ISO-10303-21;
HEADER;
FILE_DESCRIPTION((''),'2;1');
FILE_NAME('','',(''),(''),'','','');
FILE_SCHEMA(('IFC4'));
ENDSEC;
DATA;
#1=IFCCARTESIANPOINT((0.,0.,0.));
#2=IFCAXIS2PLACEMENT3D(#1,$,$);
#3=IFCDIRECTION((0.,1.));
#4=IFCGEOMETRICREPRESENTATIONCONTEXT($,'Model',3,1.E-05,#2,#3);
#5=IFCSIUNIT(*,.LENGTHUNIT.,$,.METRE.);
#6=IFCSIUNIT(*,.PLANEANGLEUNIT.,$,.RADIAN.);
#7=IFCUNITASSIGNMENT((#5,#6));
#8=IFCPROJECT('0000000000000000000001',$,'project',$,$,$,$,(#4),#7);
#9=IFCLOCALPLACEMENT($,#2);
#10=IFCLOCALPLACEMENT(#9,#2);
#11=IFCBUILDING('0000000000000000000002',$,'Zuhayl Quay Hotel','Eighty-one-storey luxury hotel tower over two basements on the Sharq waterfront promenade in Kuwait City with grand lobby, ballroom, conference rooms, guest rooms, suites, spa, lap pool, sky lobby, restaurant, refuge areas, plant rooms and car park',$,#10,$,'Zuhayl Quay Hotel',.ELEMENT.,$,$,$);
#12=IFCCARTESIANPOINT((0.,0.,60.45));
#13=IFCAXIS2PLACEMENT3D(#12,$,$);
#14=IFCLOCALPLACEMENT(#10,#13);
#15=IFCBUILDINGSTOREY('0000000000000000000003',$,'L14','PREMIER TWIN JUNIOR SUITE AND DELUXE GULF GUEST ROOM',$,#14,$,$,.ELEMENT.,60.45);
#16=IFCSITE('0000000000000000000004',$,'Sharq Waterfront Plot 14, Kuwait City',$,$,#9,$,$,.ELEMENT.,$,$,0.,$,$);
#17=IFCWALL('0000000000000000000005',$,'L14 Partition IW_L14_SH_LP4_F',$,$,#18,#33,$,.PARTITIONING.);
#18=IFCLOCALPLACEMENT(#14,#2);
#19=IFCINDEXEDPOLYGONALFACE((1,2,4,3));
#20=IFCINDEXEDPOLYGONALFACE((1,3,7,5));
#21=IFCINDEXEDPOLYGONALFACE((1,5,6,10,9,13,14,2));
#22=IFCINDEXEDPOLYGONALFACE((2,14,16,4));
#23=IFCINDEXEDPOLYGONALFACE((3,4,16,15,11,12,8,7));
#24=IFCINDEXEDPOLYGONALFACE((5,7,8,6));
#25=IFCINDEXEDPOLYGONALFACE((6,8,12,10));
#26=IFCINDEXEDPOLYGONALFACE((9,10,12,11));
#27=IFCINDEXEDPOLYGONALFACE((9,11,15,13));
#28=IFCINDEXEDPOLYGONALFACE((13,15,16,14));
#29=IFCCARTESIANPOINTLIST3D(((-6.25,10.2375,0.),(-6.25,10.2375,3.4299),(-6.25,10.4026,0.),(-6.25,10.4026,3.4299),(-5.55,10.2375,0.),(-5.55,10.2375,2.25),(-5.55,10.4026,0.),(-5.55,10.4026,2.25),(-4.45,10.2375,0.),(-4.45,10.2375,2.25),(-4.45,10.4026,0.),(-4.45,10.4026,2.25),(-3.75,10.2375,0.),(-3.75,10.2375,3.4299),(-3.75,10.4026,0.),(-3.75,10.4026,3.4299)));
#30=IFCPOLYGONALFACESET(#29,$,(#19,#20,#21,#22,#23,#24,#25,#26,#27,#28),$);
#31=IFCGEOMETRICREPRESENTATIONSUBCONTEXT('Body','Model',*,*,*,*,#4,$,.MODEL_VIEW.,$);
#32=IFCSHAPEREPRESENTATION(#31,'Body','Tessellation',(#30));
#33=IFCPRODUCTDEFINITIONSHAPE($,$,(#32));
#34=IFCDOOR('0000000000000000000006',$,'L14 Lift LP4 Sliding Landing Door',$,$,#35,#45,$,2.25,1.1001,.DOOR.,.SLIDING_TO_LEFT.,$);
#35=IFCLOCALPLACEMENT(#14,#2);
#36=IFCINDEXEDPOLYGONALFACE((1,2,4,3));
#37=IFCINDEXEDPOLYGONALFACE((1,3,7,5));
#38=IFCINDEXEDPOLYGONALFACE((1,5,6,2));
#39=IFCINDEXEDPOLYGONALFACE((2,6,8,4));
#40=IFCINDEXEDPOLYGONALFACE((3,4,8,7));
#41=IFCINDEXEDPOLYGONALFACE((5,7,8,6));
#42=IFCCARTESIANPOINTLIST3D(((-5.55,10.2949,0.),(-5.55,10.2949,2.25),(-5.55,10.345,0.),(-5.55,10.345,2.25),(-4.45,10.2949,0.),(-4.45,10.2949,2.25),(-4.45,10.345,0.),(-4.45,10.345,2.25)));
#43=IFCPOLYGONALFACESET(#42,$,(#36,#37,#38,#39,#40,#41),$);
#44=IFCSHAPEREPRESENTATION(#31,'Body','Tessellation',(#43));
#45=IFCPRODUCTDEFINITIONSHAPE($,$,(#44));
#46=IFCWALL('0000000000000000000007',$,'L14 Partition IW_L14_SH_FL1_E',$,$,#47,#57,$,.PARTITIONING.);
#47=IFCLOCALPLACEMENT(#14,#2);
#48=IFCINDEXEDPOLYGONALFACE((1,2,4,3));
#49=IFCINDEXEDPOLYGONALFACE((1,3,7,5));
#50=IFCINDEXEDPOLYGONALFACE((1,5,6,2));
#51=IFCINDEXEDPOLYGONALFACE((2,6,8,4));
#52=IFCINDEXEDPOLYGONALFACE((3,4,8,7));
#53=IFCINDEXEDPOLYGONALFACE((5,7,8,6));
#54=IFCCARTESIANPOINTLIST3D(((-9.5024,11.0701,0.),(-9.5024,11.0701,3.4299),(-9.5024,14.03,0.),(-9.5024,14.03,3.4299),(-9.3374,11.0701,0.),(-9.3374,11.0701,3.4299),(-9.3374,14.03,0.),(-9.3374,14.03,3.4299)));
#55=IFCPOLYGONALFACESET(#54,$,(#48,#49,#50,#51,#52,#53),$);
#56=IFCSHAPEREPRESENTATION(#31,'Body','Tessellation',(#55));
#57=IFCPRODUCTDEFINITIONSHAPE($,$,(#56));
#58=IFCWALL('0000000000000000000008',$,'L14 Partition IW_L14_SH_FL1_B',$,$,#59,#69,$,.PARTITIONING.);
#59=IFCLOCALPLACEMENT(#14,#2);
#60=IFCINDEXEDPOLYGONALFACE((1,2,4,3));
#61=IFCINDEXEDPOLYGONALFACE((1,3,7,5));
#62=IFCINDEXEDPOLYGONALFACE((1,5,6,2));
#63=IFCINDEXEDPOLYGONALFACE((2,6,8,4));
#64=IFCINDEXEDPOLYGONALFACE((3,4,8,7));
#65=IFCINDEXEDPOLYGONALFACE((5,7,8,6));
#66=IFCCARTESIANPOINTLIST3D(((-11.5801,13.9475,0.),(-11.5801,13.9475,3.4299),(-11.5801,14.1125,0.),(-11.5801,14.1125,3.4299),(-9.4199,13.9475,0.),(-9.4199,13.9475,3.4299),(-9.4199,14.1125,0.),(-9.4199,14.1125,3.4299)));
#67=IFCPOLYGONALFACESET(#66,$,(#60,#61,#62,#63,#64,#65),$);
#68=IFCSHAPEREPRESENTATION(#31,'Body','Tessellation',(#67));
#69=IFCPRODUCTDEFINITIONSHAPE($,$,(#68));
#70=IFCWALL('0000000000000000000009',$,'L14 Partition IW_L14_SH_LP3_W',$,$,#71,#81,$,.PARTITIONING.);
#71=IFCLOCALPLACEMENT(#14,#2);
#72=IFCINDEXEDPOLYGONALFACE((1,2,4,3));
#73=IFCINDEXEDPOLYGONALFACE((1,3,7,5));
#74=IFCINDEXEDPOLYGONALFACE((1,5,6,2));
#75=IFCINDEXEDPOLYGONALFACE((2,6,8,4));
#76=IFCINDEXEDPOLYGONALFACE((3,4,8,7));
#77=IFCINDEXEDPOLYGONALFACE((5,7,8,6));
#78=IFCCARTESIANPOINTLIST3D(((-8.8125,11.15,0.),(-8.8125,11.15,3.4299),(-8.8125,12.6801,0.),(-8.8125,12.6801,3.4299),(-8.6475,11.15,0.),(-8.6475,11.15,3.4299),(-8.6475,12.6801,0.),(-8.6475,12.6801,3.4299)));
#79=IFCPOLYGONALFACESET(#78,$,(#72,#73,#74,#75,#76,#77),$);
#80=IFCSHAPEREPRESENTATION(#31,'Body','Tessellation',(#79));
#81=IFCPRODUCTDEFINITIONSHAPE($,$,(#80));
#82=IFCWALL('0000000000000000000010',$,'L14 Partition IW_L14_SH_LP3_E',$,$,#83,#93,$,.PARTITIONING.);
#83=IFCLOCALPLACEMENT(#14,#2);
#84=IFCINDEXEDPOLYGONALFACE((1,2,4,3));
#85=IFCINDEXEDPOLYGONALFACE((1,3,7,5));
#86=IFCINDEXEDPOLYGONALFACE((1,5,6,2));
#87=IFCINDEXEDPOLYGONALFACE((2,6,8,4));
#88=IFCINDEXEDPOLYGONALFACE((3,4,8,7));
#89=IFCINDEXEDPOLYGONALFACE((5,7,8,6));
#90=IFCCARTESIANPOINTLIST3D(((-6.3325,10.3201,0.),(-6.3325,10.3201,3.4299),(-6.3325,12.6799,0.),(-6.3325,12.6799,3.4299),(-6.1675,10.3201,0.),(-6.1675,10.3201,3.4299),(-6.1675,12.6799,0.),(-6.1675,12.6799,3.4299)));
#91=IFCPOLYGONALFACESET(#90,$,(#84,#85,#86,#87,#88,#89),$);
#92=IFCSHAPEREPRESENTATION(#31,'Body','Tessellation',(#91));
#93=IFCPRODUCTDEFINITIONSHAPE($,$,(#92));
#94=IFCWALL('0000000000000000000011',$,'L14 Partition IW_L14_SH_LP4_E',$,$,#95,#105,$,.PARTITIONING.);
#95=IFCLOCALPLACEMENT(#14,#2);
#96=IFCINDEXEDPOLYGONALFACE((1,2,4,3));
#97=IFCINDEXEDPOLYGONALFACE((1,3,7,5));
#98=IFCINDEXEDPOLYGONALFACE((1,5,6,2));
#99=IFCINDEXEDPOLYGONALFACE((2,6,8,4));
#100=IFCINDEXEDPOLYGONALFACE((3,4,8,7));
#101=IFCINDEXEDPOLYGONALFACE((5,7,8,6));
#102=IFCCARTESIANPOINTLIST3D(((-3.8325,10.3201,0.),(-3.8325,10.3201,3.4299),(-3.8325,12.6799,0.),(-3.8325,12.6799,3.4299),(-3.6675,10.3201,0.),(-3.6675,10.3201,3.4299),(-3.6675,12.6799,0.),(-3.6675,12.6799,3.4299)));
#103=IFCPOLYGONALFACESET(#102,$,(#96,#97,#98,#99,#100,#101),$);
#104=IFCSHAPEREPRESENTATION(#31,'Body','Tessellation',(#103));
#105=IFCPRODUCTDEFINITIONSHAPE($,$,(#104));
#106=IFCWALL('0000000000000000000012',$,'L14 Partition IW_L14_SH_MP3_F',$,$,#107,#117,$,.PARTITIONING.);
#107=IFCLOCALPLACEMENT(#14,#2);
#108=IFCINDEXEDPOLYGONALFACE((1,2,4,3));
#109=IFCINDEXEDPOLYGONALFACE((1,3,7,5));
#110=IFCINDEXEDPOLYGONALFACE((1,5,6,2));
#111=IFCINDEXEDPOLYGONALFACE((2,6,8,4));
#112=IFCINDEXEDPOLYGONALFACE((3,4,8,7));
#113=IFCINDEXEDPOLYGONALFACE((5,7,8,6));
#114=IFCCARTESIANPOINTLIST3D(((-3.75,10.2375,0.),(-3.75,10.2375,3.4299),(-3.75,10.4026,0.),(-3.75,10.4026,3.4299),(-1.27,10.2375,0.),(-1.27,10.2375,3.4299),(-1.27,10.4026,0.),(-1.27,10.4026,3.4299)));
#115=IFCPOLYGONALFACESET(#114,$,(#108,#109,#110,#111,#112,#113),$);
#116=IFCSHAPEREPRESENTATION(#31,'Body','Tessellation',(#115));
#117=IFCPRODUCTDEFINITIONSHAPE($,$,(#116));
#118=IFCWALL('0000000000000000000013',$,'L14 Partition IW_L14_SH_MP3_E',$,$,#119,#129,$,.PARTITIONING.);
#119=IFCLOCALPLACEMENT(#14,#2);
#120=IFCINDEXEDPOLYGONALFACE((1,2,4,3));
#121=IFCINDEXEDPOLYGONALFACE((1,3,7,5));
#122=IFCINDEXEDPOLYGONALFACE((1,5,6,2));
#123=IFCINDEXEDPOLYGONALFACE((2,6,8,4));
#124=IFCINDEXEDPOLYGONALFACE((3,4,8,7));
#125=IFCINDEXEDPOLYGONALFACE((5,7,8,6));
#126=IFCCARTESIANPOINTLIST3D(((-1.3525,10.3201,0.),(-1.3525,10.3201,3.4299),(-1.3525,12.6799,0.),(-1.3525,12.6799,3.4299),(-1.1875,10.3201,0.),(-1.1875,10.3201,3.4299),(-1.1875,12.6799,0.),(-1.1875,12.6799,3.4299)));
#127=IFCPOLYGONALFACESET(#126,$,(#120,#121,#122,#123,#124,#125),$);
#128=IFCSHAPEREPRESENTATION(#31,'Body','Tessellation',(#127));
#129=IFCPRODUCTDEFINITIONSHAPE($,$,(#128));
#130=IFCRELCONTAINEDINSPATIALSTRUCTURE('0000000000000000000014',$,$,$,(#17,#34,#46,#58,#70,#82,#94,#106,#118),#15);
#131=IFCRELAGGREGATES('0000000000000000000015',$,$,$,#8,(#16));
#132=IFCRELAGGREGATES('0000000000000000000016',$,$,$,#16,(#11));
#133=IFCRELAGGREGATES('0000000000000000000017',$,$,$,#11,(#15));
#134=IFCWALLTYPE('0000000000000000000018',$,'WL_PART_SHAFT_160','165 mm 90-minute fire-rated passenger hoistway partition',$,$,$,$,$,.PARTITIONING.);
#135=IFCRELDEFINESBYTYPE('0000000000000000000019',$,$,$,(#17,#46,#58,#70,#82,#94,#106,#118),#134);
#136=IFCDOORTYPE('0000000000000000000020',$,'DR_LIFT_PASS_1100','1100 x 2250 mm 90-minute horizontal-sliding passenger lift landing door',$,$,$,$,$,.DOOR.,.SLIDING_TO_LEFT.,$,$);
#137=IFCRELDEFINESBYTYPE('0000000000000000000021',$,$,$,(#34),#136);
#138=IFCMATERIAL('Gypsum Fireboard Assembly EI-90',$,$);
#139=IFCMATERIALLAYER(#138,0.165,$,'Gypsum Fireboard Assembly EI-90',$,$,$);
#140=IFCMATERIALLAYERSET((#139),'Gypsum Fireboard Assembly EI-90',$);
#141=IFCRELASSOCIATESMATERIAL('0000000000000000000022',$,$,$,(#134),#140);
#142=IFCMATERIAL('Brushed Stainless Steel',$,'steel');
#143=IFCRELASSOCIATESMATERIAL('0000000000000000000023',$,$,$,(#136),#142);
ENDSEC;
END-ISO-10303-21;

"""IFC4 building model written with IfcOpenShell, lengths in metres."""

from ifc_helpers import new_model, si_unit, direction, frame, frame_2d, origin, place, context, subcontext, project, spatial, rectangle, extrude, material, layer, layer_set, type_object, element, fill, save


model = new_model("IFC4")

# Units and contexts
model_context = context("Model", 3, precision=1e-05, world=origin(), true_north=direction((0.0, 1.0)))
body_context = subcontext(model_context, "Body", "Model", "MODEL_VIEW")
ifc_project = project(units=[si_unit("LENGTHUNIT", "METRE"), si_unit("PLANEANGLEUNIT", "RADIAN")], contexts=[model_context])

# Site, building, storey
site_placement = place(None, origin())
site = spatial("IfcSite", under=ifc_project, at=site_placement, Name="Sharq Waterfront Plot 14, Kuwait City", CompositionType="ELEMENT", RefElevation=0.0)
building_placement = place(site_placement, origin())
building = spatial("IfcBuilding", under=site, at=building_placement, Name="Zuhayl Quay Hotel", Description="Eighty-one-storey luxury hotel tower over two basements on the Sharq waterfront promenade in Kuwait City with grand lobby, ballroom, conference rooms, guest rooms, suites, spa, lap pool, sky lobby, restaurant, refuge areas, plant rooms and car park", LongName="Zuhayl Quay Hotel", CompositionType="ELEMENT")
storey_placement = place(building_placement, frame((0.0, 0.0, 60.45)))
storey = spatial("IfcBuildingStorey", under=building, at=storey_placement, Name="L14", Description="PREMIER TWIN JUNIOR SUITE AND DELUXE GULF GUEST ROOM", CompositionType="ELEMENT", Elevation=60.45)

# Wall, opening, door
ifc_material_1 = material(Name="Gypsum Fireboard Assembly EI-90")
ifc_layer_1 = layer(ifc_material_1, 0.165, Name="Gypsum Fireboard Assembly EI-90")
ifc_layer_set_1 = layer_set([ifc_layer_1], Name="Gypsum Fireboard Assembly EI-90")
wall_type_1 = type_object("IfcWallType", Name="WL_PART_SHAFT_160", Description="165 mm 90-minute fire-rated passenger hoistway partition", PredefinedType="PARTITIONING", material=ifc_layer_set_1)
ifc_material_2 = material(Name="Brushed Stainless Steel", Category="steel")
wall_1_placement = place(storey_placement, frame((-6.25, 10.3201, 0.0), z_axis=(0.0, 0.0, 1.0), x_axis=(1.0, 0.0, 0.0)))
wall_1 = element("IfcWall", 1, at=wall_1_placement, inside=storey, type_object=wall_type_1, Name="L14 Partition IW_L14_SH_LP4_F", PredefinedType="PARTITIONING", context=body_context, shape_type="SweptSolid", body=[
    extrude(rectangle(XDim=2.5, YDim=0.165, at=frame_2d((1.25, 0.0))), origin(), (0.0, 0.0, 1.0), 3.4299),
])
opening_1_placement = place(wall_1_placement, frame((0.7, 0.0, 0.0)))
opening_1 = element("IfcOpeningElement", 2, at=opening_1_placement, cuts=wall_1, PredefinedType="OPENING", context=body_context, shape_type="SweptSolid", body=[
    extrude(rectangle(XDim=1.1001, YDim=2.25, at=frame_2d((0.55, 1.125))), frame((0.0, 0.0925, 0.0), z_axis=(0.0, -1.0, 0.0), x_axis=(1.0, 0.0, 0.0)), (0.0, 0.0, 1.0), 0.1851),
])
door_type_1 = type_object("IfcDoorType", Name="DR_LIFT_PASS_1100", Description="1100 x 2250 mm 90-minute horizontal-sliding passenger lift landing door", OperationType="SLIDING_TO_LEFT", PredefinedType="DOOR", material=ifc_material_2)
door_1_placement = place(opening_1_placement, origin())
door_1 = element("IfcDoor", 3, at=door_1_placement, inside=storey, type_object=door_type_1, Name="L14 Lift LP4 Sliding Landing Door", OperationType="SLIDING_TO_LEFT", OverallHeight=2.25, OverallWidth=1.1001, PredefinedType="DOOR", context=body_context, shape_type="SweptSolid", body=[
    extrude(rectangle(XDim=1.1001, YDim=2.25, at=frame_2d((0.55, 1.125))), frame((0.0, 0.0249, 0.0), z_axis=(0.0, -1.0, 0.0), x_axis=(1.0, 0.0, 0.0)), (0.0, 0.0, 1.0), 0.05),
])
fill(opening_1, door_1)

# Walls
wall_2_placement = place(storey_placement, frame((-9.4199, 11.0701, 0.0), z_axis=(0.0, 0.0, 1.0), x_axis=(0.0, 1.0, 0.0)))
element("IfcWall", 4, at=wall_2_placement, inside=storey, type_object=wall_type_1, Name="L14 Partition IW_L14_SH_FL1_E", PredefinedType="PARTITIONING", context=body_context, shape_type="SweptSolid", body=[
    extrude(rectangle(XDim=2.96, YDim=0.165, at=frame_2d((1.48, 0.0))), origin(), (0.0, 0.0, 1.0), 3.4299),
])
wall_3_placement = place(storey_placement, frame((-11.5801, 14.03, 0.0), z_axis=(0.0, 0.0, 1.0), x_axis=(1.0, 0.0, 0.0)))
element("IfcWall", 5, at=wall_3_placement, inside=storey, type_object=wall_type_1, Name="L14 Partition IW_L14_SH_FL1_B", PredefinedType="PARTITIONING", context=body_context, shape_type="SweptSolid", body=[
    extrude(rectangle(XDim=2.1602, YDim=0.165, at=frame_2d((1.0801, 0.0))), origin(), (0.0, 0.0, 1.0), 3.4299),
])
wall_4_placement = place(storey_placement, frame((-8.73, 11.1499, 0.0), z_axis=(0.0, 0.0, 1.0), x_axis=(0.0, 1.0, 0.0)))
element("IfcWall", 6, at=wall_4_placement, inside=storey, type_object=wall_type_1, Name="L14 Partition IW_L14_SH_LP3_W", PredefinedType="PARTITIONING", context=body_context, shape_type="SweptSolid", body=[
    extrude(rectangle(XDim=1.53, YDim=0.165, at=frame_2d((0.7651, 0.0))), origin(), (0.0, 0.0, 1.0), 3.4299),
])
for number, where, z_axis, x_axis, name in (
    (7, (-6.25, 10.3201, 0.0), (0.0, 0.0, 1.0), (0.0, 1.0, 0.0), "L14 Partition IW_L14_SH_LP3_E"),
    (8, (-3.75, 10.3201, 0.0), (0.0, 0.0, 1.0), (0.0, 1.0, 0.0), "L14 Partition IW_L14_SH_LP4_E"),
):
    element("IfcWall", number, at=place(storey_placement, frame(where, z_axis=z_axis, x_axis=x_axis)), inside=storey, type_object=wall_type_1, Name=name, PredefinedType="PARTITIONING", context=body_context, shape_type="SweptSolid", body=[
        extrude(rectangle(XDim=2.3599, YDim=0.165, at=frame_2d((1.1799, 0.0))), origin(), (0.0, 0.0, 1.0), 3.4299),
    ])
wall_5_placement = place(storey_placement, frame((-3.75, 10.3201, 0.0), z_axis=(0.0, 0.0, 1.0), x_axis=(1.0, 0.0, 0.0)))
element("IfcWall", 9, at=wall_5_placement, inside=storey, type_object=wall_type_1, Name="L14 Partition IW_L14_SH_MP3_F", PredefinedType="PARTITIONING", context=body_context, shape_type="SweptSolid", body=[
    extrude(rectangle(XDim=2.48, YDim=0.165, at=frame_2d((1.24, 0.0))), origin(), (0.0, 0.0, 1.0), 3.4299),
])
wall_6_placement = place(storey_placement, frame((-1.27, 10.3201, 0.0), z_axis=(0.0, 0.0, 1.0), x_axis=(0.0, 1.0, 0.0)))
element("IfcWall", 10, at=wall_6_placement, inside=storey, type_object=wall_type_1, Name="L14 Partition IW_L14_SH_MP3_E", PredefinedType="PARTITIONING", context=body_context, shape_type="SweptSolid", body=[
    extrude(rectangle(XDim=2.3599, YDim=0.165, at=frame_2d((1.1799, 0.0))), origin(), (0.0, 0.0, 1.0), 3.4299),
])

save(model, "model.ifc")
